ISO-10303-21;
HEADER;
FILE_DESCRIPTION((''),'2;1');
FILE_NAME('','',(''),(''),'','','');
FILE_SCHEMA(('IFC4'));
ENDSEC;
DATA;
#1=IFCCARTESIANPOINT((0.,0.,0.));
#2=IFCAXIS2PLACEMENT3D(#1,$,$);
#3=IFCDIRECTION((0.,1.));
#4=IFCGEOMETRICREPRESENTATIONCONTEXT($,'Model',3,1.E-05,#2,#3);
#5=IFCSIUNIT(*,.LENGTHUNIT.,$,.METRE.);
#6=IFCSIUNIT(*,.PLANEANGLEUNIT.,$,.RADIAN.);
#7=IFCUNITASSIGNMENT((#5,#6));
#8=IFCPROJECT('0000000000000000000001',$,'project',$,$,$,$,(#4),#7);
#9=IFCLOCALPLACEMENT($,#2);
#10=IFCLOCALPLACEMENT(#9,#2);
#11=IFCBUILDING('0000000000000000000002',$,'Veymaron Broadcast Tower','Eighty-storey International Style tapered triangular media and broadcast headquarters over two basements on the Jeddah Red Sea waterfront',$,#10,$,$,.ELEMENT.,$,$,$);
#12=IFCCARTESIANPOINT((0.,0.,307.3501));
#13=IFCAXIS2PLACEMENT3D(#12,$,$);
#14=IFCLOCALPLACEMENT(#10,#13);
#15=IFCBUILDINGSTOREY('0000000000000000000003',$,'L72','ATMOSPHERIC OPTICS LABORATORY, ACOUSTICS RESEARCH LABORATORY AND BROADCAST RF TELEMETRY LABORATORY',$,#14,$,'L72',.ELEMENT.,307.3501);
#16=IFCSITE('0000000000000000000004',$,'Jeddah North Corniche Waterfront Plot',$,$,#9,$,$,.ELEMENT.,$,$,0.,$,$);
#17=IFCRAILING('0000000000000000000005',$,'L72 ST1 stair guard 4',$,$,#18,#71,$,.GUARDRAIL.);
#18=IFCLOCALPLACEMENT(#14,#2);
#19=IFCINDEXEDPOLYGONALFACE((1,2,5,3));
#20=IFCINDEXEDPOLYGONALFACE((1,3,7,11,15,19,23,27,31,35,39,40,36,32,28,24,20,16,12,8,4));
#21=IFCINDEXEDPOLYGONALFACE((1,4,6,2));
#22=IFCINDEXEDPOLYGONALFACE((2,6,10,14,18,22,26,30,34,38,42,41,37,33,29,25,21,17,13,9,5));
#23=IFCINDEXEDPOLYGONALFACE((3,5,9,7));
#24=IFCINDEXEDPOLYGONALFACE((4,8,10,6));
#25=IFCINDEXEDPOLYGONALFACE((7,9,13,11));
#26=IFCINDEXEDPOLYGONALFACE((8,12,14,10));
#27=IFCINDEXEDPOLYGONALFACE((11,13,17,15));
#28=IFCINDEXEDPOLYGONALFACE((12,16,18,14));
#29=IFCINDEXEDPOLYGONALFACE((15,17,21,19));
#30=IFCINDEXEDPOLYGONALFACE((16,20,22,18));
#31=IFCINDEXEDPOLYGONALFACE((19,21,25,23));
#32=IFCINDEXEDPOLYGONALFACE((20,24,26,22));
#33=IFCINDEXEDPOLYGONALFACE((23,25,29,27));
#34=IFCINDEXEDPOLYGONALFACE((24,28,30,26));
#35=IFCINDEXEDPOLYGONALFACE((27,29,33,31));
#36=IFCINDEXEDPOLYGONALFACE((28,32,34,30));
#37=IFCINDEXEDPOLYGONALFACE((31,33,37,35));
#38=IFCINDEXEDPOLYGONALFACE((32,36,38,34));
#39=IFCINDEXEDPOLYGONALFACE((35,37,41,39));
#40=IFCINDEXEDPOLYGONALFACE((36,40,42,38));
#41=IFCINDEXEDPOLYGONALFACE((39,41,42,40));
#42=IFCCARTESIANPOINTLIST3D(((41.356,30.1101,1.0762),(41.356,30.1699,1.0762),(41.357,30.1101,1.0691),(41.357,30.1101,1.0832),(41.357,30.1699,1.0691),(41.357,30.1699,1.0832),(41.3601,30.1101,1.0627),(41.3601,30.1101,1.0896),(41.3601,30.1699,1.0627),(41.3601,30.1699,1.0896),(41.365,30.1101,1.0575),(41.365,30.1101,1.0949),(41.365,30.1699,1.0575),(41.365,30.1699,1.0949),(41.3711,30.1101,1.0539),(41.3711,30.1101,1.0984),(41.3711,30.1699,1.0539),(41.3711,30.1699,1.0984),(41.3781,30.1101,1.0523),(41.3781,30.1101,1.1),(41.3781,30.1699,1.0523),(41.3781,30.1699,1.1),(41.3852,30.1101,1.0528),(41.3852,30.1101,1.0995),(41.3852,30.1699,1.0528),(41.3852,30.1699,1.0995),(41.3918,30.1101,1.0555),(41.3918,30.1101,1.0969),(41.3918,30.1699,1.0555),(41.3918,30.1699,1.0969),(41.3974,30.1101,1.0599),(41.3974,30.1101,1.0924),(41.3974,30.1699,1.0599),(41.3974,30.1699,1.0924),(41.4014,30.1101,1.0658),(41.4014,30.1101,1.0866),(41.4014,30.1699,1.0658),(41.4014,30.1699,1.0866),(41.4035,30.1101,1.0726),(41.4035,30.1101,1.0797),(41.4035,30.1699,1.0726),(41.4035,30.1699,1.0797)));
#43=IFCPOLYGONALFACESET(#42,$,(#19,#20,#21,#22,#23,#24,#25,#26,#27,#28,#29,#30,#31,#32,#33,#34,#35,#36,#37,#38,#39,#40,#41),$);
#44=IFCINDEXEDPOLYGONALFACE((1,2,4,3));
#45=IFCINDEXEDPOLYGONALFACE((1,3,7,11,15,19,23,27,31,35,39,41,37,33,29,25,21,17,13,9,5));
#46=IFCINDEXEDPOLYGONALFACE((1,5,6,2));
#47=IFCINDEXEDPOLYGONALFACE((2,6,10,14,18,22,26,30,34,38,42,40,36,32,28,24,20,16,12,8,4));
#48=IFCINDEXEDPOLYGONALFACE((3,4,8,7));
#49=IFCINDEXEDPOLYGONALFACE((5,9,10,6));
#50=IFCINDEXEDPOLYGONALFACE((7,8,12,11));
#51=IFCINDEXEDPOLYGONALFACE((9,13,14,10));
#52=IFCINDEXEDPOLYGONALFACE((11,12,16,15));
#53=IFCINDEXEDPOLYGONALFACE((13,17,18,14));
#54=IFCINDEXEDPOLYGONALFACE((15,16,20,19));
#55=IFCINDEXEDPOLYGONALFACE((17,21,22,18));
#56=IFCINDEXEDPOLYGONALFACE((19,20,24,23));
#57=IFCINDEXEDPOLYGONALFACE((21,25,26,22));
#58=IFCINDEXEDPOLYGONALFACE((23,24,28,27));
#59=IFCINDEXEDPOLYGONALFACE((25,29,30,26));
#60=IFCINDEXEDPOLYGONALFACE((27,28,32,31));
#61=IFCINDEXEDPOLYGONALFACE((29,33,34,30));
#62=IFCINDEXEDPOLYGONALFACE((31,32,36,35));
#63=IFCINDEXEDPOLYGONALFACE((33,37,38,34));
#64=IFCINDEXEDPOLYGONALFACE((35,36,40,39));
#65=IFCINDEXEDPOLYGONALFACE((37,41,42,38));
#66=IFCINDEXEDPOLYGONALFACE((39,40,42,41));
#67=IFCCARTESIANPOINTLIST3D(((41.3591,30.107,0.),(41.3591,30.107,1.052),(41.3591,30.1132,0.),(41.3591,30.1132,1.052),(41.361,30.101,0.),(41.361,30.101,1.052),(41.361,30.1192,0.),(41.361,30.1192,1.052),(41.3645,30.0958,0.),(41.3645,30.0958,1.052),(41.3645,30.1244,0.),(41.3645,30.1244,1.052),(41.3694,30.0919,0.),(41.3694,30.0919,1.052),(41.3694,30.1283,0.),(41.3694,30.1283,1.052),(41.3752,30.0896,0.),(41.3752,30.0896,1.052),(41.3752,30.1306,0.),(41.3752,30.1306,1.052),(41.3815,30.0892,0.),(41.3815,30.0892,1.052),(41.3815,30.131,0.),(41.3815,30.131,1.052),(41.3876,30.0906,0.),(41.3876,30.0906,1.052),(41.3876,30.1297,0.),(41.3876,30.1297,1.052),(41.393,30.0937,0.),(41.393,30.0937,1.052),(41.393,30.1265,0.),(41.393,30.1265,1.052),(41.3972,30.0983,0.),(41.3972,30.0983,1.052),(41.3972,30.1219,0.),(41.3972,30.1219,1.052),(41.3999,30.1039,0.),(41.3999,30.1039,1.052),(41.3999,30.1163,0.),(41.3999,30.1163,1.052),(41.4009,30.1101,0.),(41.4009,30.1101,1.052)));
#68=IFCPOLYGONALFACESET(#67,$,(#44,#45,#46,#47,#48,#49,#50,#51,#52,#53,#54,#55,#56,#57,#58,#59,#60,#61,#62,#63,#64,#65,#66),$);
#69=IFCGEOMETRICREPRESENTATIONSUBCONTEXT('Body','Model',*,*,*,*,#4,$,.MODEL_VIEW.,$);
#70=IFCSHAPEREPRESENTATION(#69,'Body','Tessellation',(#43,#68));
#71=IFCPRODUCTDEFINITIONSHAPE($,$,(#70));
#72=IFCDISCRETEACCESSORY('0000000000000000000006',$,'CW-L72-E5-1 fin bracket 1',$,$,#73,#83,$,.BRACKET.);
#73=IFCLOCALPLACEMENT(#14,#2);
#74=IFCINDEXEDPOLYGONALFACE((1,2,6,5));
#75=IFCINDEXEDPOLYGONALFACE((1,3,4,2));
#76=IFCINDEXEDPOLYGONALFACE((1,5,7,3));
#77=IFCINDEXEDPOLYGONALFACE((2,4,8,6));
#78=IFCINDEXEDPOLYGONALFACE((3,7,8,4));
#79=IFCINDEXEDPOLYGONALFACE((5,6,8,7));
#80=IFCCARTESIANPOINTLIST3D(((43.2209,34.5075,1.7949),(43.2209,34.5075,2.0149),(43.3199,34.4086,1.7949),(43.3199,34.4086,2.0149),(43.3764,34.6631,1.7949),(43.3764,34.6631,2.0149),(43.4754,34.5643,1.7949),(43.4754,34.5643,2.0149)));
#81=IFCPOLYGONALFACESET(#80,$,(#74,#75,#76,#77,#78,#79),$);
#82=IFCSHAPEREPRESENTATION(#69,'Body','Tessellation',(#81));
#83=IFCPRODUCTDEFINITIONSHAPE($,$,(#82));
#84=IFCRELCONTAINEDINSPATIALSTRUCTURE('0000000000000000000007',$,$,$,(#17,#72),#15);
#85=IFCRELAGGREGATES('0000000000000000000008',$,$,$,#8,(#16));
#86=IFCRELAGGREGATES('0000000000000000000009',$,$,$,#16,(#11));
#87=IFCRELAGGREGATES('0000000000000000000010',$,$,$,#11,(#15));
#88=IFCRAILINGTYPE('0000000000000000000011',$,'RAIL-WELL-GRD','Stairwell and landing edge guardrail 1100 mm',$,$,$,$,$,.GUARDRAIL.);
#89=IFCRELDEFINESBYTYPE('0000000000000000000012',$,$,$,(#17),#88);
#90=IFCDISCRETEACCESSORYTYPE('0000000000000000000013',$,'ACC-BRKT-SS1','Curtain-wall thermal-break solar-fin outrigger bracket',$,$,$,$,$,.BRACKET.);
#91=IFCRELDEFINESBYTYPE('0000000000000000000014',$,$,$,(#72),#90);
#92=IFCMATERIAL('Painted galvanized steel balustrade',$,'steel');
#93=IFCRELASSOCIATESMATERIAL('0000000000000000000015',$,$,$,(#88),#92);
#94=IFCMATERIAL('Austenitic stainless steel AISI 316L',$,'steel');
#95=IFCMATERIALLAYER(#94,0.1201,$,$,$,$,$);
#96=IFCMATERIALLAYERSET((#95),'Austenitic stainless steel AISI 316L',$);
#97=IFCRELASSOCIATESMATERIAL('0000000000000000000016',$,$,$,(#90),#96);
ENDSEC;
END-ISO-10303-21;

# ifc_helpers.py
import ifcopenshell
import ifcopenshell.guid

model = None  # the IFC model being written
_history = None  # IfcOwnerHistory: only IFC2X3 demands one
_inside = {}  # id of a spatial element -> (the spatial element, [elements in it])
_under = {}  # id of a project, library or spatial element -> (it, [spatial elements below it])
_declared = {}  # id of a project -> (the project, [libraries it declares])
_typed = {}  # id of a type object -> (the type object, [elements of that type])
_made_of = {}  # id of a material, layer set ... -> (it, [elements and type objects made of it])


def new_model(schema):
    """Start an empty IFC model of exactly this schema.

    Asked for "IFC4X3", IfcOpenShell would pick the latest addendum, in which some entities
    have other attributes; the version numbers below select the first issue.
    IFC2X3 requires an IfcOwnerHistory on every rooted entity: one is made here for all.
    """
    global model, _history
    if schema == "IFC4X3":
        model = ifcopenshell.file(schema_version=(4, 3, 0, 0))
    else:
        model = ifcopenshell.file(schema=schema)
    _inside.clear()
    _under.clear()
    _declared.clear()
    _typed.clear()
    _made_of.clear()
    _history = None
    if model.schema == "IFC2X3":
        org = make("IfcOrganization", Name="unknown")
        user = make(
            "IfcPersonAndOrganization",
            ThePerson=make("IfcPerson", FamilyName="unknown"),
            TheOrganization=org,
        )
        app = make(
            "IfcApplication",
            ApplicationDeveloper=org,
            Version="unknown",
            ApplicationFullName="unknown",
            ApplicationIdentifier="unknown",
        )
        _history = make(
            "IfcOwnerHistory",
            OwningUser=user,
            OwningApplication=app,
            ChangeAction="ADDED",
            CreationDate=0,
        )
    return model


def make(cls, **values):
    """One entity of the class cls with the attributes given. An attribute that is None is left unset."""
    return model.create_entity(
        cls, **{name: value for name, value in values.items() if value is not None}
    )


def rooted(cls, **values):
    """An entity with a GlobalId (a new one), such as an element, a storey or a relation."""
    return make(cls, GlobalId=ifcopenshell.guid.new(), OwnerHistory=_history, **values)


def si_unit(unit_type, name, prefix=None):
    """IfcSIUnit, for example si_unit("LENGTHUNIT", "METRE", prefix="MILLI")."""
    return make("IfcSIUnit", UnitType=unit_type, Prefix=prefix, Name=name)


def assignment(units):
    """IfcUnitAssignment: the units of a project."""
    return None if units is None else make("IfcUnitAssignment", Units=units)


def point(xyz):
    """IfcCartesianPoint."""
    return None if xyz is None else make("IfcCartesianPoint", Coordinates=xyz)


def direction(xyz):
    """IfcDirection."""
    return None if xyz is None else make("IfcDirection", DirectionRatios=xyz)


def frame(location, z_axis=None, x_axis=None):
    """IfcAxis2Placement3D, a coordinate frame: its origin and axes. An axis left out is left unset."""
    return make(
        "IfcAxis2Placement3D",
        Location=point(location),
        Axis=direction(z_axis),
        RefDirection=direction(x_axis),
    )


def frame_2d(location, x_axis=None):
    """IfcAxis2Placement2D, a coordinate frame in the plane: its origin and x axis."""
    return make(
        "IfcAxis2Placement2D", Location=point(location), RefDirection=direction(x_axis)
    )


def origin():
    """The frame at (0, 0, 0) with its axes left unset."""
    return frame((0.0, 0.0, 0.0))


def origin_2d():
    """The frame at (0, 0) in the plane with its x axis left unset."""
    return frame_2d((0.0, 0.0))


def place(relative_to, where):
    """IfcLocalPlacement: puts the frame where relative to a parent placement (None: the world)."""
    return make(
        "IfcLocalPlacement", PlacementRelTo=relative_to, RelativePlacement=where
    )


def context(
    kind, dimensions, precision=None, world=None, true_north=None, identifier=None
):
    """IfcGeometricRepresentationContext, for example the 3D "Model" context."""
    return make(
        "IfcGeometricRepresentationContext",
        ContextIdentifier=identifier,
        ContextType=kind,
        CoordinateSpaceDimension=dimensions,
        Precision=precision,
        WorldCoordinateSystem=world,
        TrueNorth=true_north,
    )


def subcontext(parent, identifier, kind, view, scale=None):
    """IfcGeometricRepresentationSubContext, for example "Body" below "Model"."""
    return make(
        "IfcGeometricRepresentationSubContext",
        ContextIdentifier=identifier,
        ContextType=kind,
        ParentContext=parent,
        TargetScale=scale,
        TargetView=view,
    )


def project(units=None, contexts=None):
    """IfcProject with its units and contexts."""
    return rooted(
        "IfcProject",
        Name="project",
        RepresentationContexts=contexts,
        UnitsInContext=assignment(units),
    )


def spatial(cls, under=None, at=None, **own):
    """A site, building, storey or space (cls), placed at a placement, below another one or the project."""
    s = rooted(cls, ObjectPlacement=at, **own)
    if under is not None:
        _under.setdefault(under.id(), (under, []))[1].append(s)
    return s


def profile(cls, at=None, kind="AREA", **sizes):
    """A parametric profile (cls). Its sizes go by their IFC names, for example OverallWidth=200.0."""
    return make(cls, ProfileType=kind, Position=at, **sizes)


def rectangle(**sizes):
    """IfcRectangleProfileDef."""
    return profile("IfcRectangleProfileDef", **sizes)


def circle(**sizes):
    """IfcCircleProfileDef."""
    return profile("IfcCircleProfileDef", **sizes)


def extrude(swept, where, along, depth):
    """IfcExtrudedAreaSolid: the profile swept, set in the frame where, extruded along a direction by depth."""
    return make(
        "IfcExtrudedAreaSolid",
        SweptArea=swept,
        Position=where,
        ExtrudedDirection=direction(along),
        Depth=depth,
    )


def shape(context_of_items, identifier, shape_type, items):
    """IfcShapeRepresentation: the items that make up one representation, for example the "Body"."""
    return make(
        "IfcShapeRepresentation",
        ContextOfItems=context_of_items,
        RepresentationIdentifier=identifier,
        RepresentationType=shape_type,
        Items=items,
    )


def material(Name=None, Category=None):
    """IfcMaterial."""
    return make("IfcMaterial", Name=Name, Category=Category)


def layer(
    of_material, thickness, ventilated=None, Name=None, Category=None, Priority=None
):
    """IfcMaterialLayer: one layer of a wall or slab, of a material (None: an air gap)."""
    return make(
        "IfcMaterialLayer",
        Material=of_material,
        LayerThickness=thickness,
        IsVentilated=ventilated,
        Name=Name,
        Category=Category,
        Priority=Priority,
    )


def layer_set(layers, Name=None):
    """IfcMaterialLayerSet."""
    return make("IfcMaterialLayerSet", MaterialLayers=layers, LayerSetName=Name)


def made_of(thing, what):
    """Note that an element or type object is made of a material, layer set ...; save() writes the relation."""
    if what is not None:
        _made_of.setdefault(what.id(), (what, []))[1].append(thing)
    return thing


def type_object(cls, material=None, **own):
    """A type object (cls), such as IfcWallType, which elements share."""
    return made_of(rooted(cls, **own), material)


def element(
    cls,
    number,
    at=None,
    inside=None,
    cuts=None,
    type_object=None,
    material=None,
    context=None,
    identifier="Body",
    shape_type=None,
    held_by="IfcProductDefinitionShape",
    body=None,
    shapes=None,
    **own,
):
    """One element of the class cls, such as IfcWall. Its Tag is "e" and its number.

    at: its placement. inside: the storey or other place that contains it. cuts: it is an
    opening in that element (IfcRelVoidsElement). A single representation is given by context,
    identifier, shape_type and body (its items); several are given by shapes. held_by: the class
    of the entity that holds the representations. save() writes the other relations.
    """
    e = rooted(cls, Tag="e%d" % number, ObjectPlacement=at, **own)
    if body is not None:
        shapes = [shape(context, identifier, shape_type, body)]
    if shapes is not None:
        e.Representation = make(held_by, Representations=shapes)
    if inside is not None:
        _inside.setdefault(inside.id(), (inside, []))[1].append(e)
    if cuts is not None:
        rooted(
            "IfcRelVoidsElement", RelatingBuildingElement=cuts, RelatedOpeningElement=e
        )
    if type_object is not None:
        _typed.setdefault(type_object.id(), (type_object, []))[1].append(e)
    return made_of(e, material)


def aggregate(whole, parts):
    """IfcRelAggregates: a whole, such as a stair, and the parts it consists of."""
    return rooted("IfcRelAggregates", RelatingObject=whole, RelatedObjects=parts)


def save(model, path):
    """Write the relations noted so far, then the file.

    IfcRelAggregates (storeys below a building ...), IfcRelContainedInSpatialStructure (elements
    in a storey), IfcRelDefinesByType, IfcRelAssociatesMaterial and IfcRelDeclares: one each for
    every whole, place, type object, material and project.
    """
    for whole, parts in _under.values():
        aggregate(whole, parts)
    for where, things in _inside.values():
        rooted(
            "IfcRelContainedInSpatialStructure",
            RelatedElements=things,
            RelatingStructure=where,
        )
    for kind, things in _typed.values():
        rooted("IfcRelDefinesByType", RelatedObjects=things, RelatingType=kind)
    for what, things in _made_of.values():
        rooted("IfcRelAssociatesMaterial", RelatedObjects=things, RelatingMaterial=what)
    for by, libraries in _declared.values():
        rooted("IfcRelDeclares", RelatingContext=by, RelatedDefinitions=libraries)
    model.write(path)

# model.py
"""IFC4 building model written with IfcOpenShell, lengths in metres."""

from ifc_helpers import new_model, si_unit, direction, frame, origin, origin_2d, place, context, subcontext, project, spatial, rectangle, circle, extrude, material, layer, layer_set, type_object, element, save


model = new_model("IFC4")

# Units and contexts
model_context = context("Model", 3, precision=1e-05, world=origin(), true_north=direction((0.0, 1.0)))
body_context = subcontext(model_context, "Body", "Model", "MODEL_VIEW")
ifc_project = project(units=[si_unit("LENGTHUNIT", "METRE"), si_unit("PLANEANGLEUNIT", "RADIAN")], contexts=[model_context])

# Site, building, storey
site_placement = place(None, origin())
site = spatial("IfcSite", under=ifc_project, at=site_placement, Name="Jeddah North Corniche Waterfront Plot", CompositionType="ELEMENT", RefElevation=0.0)
building_placement = place(site_placement, origin())
building = spatial("IfcBuilding", under=site, at=building_placement, Name="Veymaron Broadcast Tower", Description="Eighty-storey International Style tapered triangular media and broadcast headquarters over two basements on the Jeddah Red Sea waterfront", CompositionType="ELEMENT")
storey_placement = place(building_placement, frame((0.0, 0.0, 307.3501)))
storey = spatial("IfcBuildingStorey", under=building, at=storey_placement, Name="L72", Description="ATMOSPHERIC OPTICS LABORATORY, ACOUSTICS RESEARCH LABORATORY AND BROADCAST RF TELEMETRY LABORATORY", LongName="L72", CompositionType="ELEMENT", Elevation=307.3501)

# Railing
ifc_material_1 = material(Name="Painted galvanized steel balustrade", Category="steel")
railing_type_1 = type_object("IfcRailingType", Name="RAIL-WELL-GRD", Description="Stairwell and landing edge guardrail 1100 mm", PredefinedType="GUARDRAIL", material=ifc_material_1)
railing_1_placement = place(storey_placement, frame((41.3799, 30.1101, 0.0)))
element("IfcRailing", 1, at=railing_1_placement, inside=storey, type_object=railing_type_1, Name="L72 ST1 stair guard 4", PredefinedType="GUARDRAIL", context=body_context, shape_type="SweptSolid", body=[
    extrude(circle(Radius=0.0239, at=origin_2d()), frame((0.0, 0.0, 1.0762), z_axis=(0.0, 1.0, 0.0), x_axis=(-1.0, 0.0, 0.0)), (0.0, 0.0, 1.0), 0.0598),
    extrude(circle(Radius=0.021, at=origin_2d()), origin(), (0.0, 0.0, 1.0), 1.052),
])

# Discrete accessory
ifc_material_2 = material(Name="Austenitic stainless steel AISI 316L", Category="steel")
ifc_layer_1 = layer(ifc_material_2, 0.1201)
ifc_layer_set_1 = layer_set([ifc_layer_1], Name="Austenitic stainless steel AISI 316L")
discrete_accessory_type = type_object("IfcDiscreteAccessoryType", Name="ACC-BRKT-SS1", Description="Curtain-wall thermal-break solar-fin outrigger bracket", PredefinedType="BRACKET", material=ifc_layer_set_1)
discrete_accessory_placement = place(storey_placement, frame((43.3481, 34.5359, 1.7949), z_axis=(0.0, 0.0, 1.0), x_axis=(0.706811, 0.707403, 0.0)))
element("IfcDiscreteAccessory", 2, at=discrete_accessory_placement, inside=storey, type_object=discrete_accessory_type, Name="CW-L72-E5-1 fin bracket 1", PredefinedType="BRACKET", context=body_context, shape_type="SweptSolid", body=[
    extrude(rectangle(XDim=0.22, YDim=0.1399, at=origin_2d()), origin(), (0.0, 0.0, 1.0), 0.22),
])

save(model, "model.ifc")
